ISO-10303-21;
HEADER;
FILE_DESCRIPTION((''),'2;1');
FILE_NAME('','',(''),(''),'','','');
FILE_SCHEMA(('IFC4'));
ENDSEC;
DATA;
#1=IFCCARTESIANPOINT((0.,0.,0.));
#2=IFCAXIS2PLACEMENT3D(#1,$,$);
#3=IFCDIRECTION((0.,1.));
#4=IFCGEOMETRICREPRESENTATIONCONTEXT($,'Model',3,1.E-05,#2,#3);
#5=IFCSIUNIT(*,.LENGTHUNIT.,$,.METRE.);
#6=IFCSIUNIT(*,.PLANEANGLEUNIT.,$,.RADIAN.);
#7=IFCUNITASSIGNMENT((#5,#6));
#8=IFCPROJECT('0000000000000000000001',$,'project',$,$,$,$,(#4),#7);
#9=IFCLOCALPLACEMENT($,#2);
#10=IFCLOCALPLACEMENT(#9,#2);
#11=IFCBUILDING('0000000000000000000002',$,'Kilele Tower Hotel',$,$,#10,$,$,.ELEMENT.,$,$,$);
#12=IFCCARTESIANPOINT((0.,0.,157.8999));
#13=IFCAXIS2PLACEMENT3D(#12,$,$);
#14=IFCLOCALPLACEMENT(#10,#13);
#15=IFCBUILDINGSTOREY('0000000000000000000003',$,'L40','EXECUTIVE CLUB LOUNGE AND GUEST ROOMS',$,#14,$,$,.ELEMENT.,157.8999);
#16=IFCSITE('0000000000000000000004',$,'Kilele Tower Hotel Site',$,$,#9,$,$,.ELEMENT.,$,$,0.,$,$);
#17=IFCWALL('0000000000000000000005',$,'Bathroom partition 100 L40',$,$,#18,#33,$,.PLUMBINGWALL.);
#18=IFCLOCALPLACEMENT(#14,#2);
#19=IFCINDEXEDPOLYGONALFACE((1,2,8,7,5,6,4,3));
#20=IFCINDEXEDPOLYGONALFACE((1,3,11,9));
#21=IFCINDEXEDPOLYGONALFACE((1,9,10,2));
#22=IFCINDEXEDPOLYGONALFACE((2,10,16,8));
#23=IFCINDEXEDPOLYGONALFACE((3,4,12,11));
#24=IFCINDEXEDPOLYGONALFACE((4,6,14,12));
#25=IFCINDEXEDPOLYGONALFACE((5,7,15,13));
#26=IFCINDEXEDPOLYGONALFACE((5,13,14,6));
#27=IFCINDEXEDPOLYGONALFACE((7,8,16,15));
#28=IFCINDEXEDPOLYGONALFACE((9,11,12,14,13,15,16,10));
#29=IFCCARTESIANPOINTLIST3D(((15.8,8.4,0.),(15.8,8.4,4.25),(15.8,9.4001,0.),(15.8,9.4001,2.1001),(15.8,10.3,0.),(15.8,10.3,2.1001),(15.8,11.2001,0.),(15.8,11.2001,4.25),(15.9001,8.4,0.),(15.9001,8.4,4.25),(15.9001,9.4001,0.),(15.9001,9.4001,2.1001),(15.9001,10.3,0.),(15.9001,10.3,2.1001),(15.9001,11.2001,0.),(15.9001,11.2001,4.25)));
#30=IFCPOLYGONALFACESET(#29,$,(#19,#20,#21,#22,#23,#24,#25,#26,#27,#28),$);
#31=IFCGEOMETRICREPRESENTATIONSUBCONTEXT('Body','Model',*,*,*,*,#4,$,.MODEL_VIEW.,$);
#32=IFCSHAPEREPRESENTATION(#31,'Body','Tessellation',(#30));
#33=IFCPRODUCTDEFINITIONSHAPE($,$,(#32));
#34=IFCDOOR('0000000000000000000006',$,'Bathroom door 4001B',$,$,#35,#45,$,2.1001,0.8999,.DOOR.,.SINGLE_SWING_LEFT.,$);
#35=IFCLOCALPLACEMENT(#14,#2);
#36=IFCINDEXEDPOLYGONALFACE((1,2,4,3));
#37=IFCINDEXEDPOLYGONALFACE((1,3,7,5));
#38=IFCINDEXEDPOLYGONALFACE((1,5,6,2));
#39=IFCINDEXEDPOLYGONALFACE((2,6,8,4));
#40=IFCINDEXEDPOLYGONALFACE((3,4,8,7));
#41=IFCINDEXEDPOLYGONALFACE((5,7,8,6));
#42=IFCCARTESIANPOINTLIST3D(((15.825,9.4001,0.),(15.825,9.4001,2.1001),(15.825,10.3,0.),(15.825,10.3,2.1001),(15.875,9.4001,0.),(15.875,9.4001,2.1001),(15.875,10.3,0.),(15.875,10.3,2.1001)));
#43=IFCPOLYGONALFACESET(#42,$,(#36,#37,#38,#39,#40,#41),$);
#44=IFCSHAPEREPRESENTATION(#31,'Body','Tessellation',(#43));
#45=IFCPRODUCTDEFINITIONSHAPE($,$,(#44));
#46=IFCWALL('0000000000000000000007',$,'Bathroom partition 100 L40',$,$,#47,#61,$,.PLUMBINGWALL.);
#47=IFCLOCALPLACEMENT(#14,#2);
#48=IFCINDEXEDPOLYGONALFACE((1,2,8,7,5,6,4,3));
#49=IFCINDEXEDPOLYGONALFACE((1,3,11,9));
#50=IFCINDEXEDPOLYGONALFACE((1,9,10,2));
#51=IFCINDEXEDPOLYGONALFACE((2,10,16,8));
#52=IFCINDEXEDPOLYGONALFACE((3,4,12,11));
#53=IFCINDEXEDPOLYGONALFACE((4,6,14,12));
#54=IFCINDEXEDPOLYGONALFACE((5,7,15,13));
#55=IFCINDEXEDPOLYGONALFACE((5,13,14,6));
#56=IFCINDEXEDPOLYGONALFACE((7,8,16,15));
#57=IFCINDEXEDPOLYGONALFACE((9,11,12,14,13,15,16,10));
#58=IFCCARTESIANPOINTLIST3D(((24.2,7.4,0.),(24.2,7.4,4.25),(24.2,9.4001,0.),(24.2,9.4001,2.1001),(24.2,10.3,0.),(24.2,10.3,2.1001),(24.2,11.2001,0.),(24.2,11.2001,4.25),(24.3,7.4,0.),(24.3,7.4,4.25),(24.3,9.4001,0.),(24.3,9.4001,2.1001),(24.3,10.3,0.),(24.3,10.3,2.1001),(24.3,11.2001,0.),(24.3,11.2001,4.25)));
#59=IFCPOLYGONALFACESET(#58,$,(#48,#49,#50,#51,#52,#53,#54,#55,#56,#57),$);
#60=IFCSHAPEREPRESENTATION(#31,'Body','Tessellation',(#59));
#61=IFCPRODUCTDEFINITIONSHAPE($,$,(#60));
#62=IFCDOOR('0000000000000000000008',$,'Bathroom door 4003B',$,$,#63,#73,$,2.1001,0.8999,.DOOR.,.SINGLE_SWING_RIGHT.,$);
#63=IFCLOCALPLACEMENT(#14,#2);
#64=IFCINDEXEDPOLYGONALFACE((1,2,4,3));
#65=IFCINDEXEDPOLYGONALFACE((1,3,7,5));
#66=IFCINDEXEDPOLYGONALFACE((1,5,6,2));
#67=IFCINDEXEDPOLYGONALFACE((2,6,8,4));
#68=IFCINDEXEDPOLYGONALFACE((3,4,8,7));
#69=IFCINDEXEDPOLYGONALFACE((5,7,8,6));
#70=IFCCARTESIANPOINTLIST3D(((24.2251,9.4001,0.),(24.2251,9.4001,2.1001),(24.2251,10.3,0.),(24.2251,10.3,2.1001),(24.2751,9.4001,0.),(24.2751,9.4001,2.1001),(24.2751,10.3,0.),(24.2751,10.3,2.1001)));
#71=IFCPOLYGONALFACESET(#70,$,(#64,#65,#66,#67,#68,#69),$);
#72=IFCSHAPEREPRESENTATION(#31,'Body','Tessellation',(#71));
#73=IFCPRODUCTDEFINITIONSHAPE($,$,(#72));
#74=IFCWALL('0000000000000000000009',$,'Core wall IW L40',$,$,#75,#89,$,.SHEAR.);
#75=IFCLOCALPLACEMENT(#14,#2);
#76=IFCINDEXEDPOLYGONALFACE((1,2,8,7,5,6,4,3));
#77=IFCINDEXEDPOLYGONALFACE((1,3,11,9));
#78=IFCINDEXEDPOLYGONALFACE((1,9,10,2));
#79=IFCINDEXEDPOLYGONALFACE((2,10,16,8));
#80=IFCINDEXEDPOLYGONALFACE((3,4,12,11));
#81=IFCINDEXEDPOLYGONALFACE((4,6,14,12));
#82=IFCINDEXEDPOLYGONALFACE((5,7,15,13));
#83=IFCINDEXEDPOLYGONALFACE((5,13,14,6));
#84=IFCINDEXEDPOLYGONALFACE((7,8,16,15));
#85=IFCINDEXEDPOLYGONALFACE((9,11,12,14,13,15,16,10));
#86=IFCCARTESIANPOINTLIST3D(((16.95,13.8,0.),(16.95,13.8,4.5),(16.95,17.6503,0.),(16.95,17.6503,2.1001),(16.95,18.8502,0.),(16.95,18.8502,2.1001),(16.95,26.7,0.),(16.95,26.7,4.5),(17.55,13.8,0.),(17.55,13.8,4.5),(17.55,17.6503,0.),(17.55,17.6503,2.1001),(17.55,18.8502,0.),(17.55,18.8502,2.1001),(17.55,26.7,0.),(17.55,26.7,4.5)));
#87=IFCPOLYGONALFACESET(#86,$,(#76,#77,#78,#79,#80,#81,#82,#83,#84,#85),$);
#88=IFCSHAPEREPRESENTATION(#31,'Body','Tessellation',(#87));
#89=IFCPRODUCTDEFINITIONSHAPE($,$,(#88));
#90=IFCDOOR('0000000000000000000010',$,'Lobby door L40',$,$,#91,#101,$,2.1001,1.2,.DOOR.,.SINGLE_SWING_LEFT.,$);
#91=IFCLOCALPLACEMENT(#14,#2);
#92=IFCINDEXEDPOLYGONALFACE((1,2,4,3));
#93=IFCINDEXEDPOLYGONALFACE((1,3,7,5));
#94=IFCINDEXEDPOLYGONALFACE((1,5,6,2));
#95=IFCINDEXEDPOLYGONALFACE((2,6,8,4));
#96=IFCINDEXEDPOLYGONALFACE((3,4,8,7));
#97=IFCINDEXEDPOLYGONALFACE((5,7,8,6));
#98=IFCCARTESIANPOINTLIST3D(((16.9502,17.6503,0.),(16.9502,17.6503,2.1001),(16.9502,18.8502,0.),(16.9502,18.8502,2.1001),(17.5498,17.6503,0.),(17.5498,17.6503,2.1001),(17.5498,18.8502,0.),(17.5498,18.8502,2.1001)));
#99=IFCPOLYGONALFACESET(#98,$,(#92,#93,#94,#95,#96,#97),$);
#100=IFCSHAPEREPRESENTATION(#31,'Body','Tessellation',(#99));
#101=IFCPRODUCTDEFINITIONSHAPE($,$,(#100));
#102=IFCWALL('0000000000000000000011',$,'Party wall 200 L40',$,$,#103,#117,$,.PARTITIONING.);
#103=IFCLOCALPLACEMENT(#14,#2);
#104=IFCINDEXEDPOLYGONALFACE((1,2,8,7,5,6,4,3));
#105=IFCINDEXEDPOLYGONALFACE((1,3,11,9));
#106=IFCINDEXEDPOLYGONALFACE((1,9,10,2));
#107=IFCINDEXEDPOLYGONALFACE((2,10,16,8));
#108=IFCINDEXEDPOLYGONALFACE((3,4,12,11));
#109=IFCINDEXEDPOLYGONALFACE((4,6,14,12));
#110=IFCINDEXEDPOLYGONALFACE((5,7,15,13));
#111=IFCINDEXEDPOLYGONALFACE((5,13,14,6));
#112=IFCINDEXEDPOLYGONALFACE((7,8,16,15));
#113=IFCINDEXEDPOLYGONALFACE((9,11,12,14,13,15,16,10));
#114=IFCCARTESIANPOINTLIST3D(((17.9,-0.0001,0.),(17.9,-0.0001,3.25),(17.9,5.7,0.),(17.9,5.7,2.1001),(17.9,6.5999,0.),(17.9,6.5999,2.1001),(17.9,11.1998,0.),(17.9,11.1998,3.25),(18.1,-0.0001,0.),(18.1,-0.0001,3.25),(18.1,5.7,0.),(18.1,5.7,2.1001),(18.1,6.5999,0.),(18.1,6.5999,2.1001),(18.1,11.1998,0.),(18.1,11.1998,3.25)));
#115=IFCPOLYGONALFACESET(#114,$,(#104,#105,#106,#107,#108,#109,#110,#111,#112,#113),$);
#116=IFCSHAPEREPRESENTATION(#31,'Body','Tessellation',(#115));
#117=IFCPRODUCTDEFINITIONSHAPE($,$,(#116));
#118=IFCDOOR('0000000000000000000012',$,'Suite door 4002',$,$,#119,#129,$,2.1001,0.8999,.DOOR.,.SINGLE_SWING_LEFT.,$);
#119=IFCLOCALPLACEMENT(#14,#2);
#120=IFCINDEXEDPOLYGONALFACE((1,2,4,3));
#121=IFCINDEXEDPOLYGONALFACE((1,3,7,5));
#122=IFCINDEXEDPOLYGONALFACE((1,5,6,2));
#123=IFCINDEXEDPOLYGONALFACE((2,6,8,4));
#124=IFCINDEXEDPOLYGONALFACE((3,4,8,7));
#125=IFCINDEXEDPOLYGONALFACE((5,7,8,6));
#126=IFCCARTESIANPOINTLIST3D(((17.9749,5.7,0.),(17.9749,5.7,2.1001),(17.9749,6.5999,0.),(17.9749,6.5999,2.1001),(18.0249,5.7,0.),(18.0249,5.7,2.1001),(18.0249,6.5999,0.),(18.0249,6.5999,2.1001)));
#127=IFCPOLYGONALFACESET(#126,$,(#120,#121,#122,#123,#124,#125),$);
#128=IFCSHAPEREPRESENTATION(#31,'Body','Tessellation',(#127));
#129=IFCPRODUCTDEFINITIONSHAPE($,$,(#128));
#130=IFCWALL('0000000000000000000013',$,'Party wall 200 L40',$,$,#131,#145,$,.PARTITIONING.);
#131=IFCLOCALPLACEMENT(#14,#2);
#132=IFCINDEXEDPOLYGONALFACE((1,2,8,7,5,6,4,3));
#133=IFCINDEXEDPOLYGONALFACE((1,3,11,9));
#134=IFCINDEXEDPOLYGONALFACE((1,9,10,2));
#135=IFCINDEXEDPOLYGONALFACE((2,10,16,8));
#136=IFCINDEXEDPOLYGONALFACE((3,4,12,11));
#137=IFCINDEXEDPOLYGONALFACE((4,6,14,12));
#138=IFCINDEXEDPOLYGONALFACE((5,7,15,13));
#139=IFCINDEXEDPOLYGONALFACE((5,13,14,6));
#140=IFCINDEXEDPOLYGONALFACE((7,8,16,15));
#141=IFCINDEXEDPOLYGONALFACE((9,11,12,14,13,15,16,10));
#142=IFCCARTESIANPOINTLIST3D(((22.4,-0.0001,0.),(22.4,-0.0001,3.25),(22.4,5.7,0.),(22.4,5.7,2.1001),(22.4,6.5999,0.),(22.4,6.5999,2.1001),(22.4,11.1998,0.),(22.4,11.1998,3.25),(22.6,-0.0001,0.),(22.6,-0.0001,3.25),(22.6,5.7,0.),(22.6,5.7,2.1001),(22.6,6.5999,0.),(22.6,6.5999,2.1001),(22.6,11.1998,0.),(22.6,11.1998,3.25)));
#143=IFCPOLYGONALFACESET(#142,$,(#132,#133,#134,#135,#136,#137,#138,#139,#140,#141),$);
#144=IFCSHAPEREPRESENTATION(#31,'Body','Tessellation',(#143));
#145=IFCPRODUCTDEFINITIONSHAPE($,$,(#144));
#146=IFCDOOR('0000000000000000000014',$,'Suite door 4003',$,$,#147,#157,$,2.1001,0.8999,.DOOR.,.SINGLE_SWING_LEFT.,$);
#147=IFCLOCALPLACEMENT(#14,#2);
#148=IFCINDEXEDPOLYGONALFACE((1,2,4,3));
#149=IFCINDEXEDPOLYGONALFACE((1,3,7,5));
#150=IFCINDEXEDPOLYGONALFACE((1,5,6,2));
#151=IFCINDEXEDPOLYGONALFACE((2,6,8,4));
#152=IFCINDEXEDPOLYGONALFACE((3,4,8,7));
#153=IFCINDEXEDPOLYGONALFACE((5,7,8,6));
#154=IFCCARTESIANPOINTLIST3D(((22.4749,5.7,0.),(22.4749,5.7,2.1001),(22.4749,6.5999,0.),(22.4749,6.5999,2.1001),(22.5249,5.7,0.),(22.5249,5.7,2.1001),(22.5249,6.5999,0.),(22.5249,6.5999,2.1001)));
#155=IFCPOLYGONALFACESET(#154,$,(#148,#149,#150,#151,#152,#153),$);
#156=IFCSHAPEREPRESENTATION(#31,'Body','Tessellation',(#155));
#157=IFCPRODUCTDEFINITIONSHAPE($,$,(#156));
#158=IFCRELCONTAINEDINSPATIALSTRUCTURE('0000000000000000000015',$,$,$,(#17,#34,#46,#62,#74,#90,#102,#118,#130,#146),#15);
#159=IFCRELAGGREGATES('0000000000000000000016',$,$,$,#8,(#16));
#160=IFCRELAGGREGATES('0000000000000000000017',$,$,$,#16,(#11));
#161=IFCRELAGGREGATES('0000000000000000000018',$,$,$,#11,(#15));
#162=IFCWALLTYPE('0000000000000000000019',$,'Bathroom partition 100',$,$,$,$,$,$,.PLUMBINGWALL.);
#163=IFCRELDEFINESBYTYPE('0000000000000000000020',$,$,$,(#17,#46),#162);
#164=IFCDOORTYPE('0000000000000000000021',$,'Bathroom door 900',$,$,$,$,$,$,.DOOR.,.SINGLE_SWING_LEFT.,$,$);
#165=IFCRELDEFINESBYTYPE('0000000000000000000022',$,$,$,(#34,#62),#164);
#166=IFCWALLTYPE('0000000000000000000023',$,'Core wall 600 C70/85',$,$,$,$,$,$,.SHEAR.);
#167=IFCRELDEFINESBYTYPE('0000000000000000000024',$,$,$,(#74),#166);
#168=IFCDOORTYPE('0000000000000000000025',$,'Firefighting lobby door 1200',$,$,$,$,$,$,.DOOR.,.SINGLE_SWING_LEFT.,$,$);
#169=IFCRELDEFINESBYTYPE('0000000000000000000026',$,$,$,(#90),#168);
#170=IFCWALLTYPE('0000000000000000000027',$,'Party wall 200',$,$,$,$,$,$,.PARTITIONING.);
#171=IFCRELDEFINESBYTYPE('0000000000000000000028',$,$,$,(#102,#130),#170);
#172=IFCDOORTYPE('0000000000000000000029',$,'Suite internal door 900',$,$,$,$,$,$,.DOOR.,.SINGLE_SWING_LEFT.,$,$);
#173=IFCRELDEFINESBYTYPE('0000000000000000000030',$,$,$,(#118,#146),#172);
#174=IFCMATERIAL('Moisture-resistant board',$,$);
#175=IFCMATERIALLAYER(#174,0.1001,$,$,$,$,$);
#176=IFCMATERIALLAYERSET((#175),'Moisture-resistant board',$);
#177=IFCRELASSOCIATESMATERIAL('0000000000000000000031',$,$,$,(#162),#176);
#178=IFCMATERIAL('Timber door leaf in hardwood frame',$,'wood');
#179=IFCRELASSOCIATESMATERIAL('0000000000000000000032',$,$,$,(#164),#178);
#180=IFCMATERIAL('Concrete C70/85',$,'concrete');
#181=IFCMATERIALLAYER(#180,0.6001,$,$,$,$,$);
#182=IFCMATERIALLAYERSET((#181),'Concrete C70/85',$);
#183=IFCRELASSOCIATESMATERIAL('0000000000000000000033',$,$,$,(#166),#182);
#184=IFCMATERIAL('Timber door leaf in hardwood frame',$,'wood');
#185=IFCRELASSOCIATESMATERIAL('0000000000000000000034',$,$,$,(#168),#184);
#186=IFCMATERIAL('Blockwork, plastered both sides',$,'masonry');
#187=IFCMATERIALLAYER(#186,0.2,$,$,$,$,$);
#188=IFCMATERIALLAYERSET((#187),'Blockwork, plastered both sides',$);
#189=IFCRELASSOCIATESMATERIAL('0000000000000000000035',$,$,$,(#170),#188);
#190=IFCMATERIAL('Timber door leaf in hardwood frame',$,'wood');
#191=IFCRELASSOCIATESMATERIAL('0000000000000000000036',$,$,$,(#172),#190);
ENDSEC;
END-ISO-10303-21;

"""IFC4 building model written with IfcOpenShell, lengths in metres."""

from ifc_helpers import new_model, si_unit, direction, frame, frame_2d, origin, place, context, subcontext, project, spatial, rectangle, extrude, material, layer, layer_set, type_object, element, fill, save


model = new_model("IFC4")

# Units and contexts
model_context = context("Model", 3, precision=1e-05, world=origin(), true_north=direction((0.0, 1.0)))
body_context = subcontext(model_context, "Body", "Model", "MODEL_VIEW")
ifc_project = project(units=[si_unit("LENGTHUNIT", "METRE"), si_unit("PLANEANGLEUNIT", "RADIAN")], contexts=[model_context])

# Site, building, storey
site_placement = place(None, origin())
site = spatial("IfcSite", under=ifc_project, at=site_placement, Name="Kilele Tower Hotel Site", CompositionType="ELEMENT", RefElevation=0.0)
building_placement = place(site_placement, origin())
building = spatial("IfcBuilding", under=site, at=building_placement, Name="Kilele Tower Hotel", CompositionType="ELEMENT")
storey_placement = place(building_placement, frame((0.0, 0.0, 157.8999)))
storey = spatial("IfcBuildingStorey", under=building, at=storey_placement, Name="L40", Description="EXECUTIVE CLUB LOUNGE AND GUEST ROOMS", CompositionType="ELEMENT", Elevation=157.8999)

# Walls, openings, doors
ifc_material_1 = material(Name="Moisture-resistant board")
ifc_layer_1 = layer(ifc_material_1, 0.1001)
ifc_layer_set_1 = layer_set([ifc_layer_1], Name="Moisture-resistant board")
wall_type_1 = type_object("IfcWallType", Name="Bathroom partition 100", PredefinedType="PLUMBINGWALL", material=ifc_layer_set_1)
wall_1_placement = place(storey_placement, frame((15.8501, 11.2, 0.0), z_axis=(0.0, 0.0, 1.0), x_axis=(0.0, -1.0, 0.0)))
wall_1 = element("IfcWall", 1, at=wall_1_placement, inside=storey, type_object=wall_type_1, Name="Bathroom partition 100 L40", PredefinedType="PLUMBINGWALL", context=body_context, shape_type="SweptSolid", body=[
    extrude(rectangle(XDim=2.8, YDim=0.1001, at=frame_2d((1.3999, 0.0))), origin(), (0.0, 0.0, 1.0), 4.25),
])
opening_1_placement = place(wall_1_placement, frame((0.8999, 0.0, 0.0)))
opening_1 = element("IfcOpeningElement", 2, at=opening_1_placement, cuts=wall_1, PredefinedType="OPENING", context=body_context, shape_type="SweptSolid", body=[
    extrude(rectangle(XDim=0.8999, YDim=2.1001, at=frame_2d((0.45, 1.05))), frame((0.0, 0.0601, 0.0), z_axis=(0.0, -1.0, 0.0), x_axis=(1.0, 0.0, 0.0)), (0.0, 0.0, 1.0), 0.1201),
])
ifc_material_2 = material(Name="Timber door leaf in hardwood frame", Category="wood")
door_type_1 = type_object("IfcDoorType", Name="Bathroom door 900", OperationType="SINGLE_SWING_LEFT", PredefinedType="DOOR", material=ifc_material_2)
door_1_placement = place(opening_1_placement, origin())
door_1 = element("IfcDoor", 3, at=door_1_placement, inside=storey, type_object=door_type_1, Name="Bathroom door 4001B", OperationType="SINGLE_SWING_LEFT", OverallHeight=2.1001, OverallWidth=0.8999, PredefinedType="DOOR", context=body_context, shape_type="SweptSolid", body=[
    extrude(rectangle(XDim=0.8999, YDim=2.1001, at=frame_2d((0.45, 1.05))), frame((0.0, 0.0249, 0.0), z_axis=(0.0, -1.0, 0.0), x_axis=(1.0, 0.0, 0.0)), (0.0, 0.0, 1.0), 0.05),
])
fill(opening_1, door_1)
wall_2_placement = place(storey_placement, frame((24.25, 11.2, 0.0), z_axis=(0.0, 0.0, 1.0), x_axis=(0.0, -1.0, 0.0)))
wall_2 = element("IfcWall", 4, at=wall_2_placement, inside=storey, type_object=wall_type_1, Name="Bathroom partition 100 L40", PredefinedType="PLUMBINGWALL", context=body_context, shape_type="SweptSolid", body=[
    extrude(rectangle(XDim=3.8, YDim=0.1001, at=frame_2d((1.8999, 0.0))), origin(), (0.0, 0.0, 1.0), 4.25),
])
opening_2_placement = place(wall_2_placement, frame((1.7998, 0.0, 0.0), z_axis=(0.0, 0.0, 1.0), x_axis=(-1.0, 0.0, 0.0)))
opening_2 = element("IfcOpeningElement", 5, at=opening_2_placement, cuts=wall_2, PredefinedType="OPENING", context=body_context, shape_type="SweptSolid", body=[
    extrude(rectangle(XDim=0.8999, YDim=2.1001, at=frame_2d((0.45, 1.05))), frame((0.0, 0.0601, 0.0), z_axis=(0.0, -1.0, 0.0), x_axis=(1.0, 0.0, 0.0)), (0.0, 0.0, 1.0), 0.1201),
])
door_2_placement = place(opening_2_placement, origin())
door_2 = element("IfcDoor", 6, at=door_2_placement, inside=storey, type_object=door_type_1, Name="Bathroom door 4003B", OperationType="SINGLE_SWING_RIGHT", OverallHeight=2.1001, OverallWidth=0.8999, PredefinedType="DOOR", context=body_context, shape_type="SweptSolid", body=[
    extrude(rectangle(XDim=0.8999, YDim=2.1001, at=frame_2d((0.45, 1.05))), frame((0.0, 0.0249, 0.0), z_axis=(0.0, -1.0, 0.0), x_axis=(1.0, 0.0, 0.0)), (0.0, 0.0, 1.0), 0.05),
])
fill(opening_2, door_2)
ifc_material_3 = material(Name="Concrete C70/85", Category="concrete")
ifc_layer_2 = layer(ifc_material_3, 0.6001)
ifc_layer_set_2 = layer_set([ifc_layer_2], Name="Concrete C70/85")
wall_type_2 = type_object("IfcWallType", Name="Core wall 600 C70/85", PredefinedType="SHEAR", material=ifc_layer_set_2)
wall_3_placement = place(storey_placement, frame((17.25, 13.8, 0.0), z_axis=(0.0, 0.0, 1.0), x_axis=(0.0, 1.0, 0.0)))
wall_3 = element("IfcWall", 7, at=wall_3_placement, inside=storey, type_object=wall_type_2, Name="Core wall IW L40", PredefinedType="SHEAR", context=body_context, shape_type="SweptSolid", body=[
    extrude(rectangle(XDim=12.8999, YDim=0.6001, at=frame_2d((6.45, 0.0))), origin(), (0.0, 0.0, 1.0), 4.5),
])
opening_3_placement = place(wall_3_placement, frame((3.8501, 0.0, 0.0)))
opening_3 = element("IfcOpeningElement", 8, at=opening_3_placement, cuts=wall_3, PredefinedType="OPENING", context=body_context, shape_type="SweptSolid", body=[
    extrude(rectangle(XDim=1.2, YDim=2.1001, at=frame_2d((0.6001, 1.05))), frame((0.0, 0.3101, 0.0), z_axis=(0.0, -1.0, 0.0), x_axis=(1.0, 0.0, 0.0)), (0.0, 0.0, 1.0), 0.6201),
])
ifc_material_4 = material(Name="Timber door leaf in hardwood frame", Category="wood")
door_type_2 = type_object("IfcDoorType", Name="Firefighting lobby door 1200", OperationType="SINGLE_SWING_LEFT", PredefinedType="DOOR", material=ifc_material_4)
door_3_placement = place(opening_3_placement, origin())
door_3 = element("IfcDoor", 9, at=door_3_placement, inside=storey, type_object=door_type_2, Name="Lobby door L40", OperationType="SINGLE_SWING_LEFT", OverallHeight=2.1001, OverallWidth=1.2, PredefinedType="DOOR", context=body_context, shape_type="SweptSolid", body=[
    extrude(rectangle(XDim=1.2, YDim=2.1001, at=frame_2d((0.6001, 1.05))), frame((0.0, 0.2998, 0.0), z_axis=(0.0, -1.0, 0.0), x_axis=(1.0, 0.0, 0.0)), (0.0, 0.0, 1.0), 0.5996),
])
fill(opening_3, door_3)
ifc_material_5 = material(Name="Blockwork, plastered both sides", Category="masonry")
ifc_layer_3 = layer(ifc_material_5, 0.2)
ifc_layer_set_3 = layer_set([ifc_layer_3], Name="Blockwork, plastered both sides")
wall_type_3 = type_object("IfcWallType", Name="Party wall 200", PredefinedType="PARTITIONING", material=ifc_layer_set_3)
wall_4_placement = place(storey_placement, frame((18.0, 11.2, 0.0), z_axis=(0.0, 0.0, 1.0), x_axis=(0.0, -1.0, 0.0)))
wall_4 = element("IfcWall", 10, at=wall_4_placement, inside=storey, type_object=wall_type_3, Name="Party wall 200 L40", PredefinedType="PARTITIONING", context=body_context, shape_type="SweptSolid", body=[
    extrude(rectangle(XDim=11.2, YDim=0.2, at=frame_2d((5.6001, 0.0))), origin(), (0.0, 0.0, 1.0), 3.25),
])
opening_4_placement = place(wall_4_placement, frame((4.6001, 0.0, 0.0)))
opening_4 = element("IfcOpeningElement", 11, at=opening_4_placement, cuts=wall_4, PredefinedType="OPENING", context=body_context, shape_type="SweptSolid", body=[
    extrude(rectangle(XDim=0.8999, YDim=2.1001, at=frame_2d((0.45, 1.05))), frame((0.0, 0.1099, 0.0), z_axis=(0.0, -1.0, 0.0), x_axis=(1.0, 0.0, 0.0)), (0.0, 0.0, 1.0), 0.22),
])
ifc_material_6 = material(Name="Timber door leaf in hardwood frame", Category="wood")
door_type_3 = type_object("IfcDoorType", Name="Suite internal door 900", OperationType="SINGLE_SWING_LEFT", PredefinedType="DOOR", material=ifc_material_6)
door_4_placement = place(opening_4_placement, origin())
door_4 = element("IfcDoor", 12, at=door_4_placement, inside=storey, type_object=door_type_3, Name="Suite door 4002", OperationType="SINGLE_SWING_LEFT", OverallHeight=2.1001, OverallWidth=0.8999, PredefinedType="DOOR", context=body_context, shape_type="SweptSolid", body=[
    extrude(rectangle(XDim=0.8999, YDim=2.1001, at=frame_2d((0.45, 1.05))), frame((0.0, 0.0249, 0.0), z_axis=(0.0, -1.0, 0.0), x_axis=(1.0, 0.0, 0.0)), (0.0, 0.0, 1.0), 0.05),
])
fill(opening_4, door_4)
wall_5_placement = place(storey_placement, frame((22.5, 11.2, 0.0), z_axis=(0.0, 0.0, 1.0), x_axis=(0.0, -1.0, 0.0)))
wall_5 = element("IfcWall", 13, at=wall_5_placement, inside=storey, type_object=wall_type_3, Name="Party wall 200 L40", PredefinedType="PARTITIONING", context=body_context, shape_type="SweptSolid", body=[
    extrude(rectangle(XDim=11.2, YDim=0.2, at=frame_2d((5.6001, 0.0))), origin(), (0.0, 0.0, 1.0), 3.25),
])
opening_5_placement = place(wall_5_placement, frame((4.6001, 0.0, 0.0)))
opening_5 = element("IfcOpeningElement", 14, at=opening_5_placement, cuts=wall_5, PredefinedType="OPENING", context=body_context, shape_type="SweptSolid", body=[
    extrude(rectangle(XDim=0.8999, YDim=2.1001, at=frame_2d((0.45, 1.05))), frame((0.0, 0.1099, 0.0), z_axis=(0.0, -1.0, 0.0), x_axis=(1.0, 0.0, 0.0)), (0.0, 0.0, 1.0), 0.22),
])
door_5_placement = place(opening_5_placement, origin())
door_5 = element("IfcDoor", 15, at=door_5_placement, inside=storey, type_object=door_type_3, Name="Suite door 4003", OperationType="SINGLE_SWING_LEFT", OverallHeight=2.1001, OverallWidth=0.8999, PredefinedType="DOOR", context=body_context, shape_type="SweptSolid", body=[
    extrude(rectangle(XDim=0.8999, YDim=2.1001, at=frame_2d((0.45, 1.05))), frame((0.0, 0.0249, 0.0), z_axis=(0.0, -1.0, 0.0), x_axis=(1.0, 0.0, 0.0)), (0.0, 0.0, 1.0), 0.05),
])
fill(opening_5, door_5)

save(model, "model.ifc")
